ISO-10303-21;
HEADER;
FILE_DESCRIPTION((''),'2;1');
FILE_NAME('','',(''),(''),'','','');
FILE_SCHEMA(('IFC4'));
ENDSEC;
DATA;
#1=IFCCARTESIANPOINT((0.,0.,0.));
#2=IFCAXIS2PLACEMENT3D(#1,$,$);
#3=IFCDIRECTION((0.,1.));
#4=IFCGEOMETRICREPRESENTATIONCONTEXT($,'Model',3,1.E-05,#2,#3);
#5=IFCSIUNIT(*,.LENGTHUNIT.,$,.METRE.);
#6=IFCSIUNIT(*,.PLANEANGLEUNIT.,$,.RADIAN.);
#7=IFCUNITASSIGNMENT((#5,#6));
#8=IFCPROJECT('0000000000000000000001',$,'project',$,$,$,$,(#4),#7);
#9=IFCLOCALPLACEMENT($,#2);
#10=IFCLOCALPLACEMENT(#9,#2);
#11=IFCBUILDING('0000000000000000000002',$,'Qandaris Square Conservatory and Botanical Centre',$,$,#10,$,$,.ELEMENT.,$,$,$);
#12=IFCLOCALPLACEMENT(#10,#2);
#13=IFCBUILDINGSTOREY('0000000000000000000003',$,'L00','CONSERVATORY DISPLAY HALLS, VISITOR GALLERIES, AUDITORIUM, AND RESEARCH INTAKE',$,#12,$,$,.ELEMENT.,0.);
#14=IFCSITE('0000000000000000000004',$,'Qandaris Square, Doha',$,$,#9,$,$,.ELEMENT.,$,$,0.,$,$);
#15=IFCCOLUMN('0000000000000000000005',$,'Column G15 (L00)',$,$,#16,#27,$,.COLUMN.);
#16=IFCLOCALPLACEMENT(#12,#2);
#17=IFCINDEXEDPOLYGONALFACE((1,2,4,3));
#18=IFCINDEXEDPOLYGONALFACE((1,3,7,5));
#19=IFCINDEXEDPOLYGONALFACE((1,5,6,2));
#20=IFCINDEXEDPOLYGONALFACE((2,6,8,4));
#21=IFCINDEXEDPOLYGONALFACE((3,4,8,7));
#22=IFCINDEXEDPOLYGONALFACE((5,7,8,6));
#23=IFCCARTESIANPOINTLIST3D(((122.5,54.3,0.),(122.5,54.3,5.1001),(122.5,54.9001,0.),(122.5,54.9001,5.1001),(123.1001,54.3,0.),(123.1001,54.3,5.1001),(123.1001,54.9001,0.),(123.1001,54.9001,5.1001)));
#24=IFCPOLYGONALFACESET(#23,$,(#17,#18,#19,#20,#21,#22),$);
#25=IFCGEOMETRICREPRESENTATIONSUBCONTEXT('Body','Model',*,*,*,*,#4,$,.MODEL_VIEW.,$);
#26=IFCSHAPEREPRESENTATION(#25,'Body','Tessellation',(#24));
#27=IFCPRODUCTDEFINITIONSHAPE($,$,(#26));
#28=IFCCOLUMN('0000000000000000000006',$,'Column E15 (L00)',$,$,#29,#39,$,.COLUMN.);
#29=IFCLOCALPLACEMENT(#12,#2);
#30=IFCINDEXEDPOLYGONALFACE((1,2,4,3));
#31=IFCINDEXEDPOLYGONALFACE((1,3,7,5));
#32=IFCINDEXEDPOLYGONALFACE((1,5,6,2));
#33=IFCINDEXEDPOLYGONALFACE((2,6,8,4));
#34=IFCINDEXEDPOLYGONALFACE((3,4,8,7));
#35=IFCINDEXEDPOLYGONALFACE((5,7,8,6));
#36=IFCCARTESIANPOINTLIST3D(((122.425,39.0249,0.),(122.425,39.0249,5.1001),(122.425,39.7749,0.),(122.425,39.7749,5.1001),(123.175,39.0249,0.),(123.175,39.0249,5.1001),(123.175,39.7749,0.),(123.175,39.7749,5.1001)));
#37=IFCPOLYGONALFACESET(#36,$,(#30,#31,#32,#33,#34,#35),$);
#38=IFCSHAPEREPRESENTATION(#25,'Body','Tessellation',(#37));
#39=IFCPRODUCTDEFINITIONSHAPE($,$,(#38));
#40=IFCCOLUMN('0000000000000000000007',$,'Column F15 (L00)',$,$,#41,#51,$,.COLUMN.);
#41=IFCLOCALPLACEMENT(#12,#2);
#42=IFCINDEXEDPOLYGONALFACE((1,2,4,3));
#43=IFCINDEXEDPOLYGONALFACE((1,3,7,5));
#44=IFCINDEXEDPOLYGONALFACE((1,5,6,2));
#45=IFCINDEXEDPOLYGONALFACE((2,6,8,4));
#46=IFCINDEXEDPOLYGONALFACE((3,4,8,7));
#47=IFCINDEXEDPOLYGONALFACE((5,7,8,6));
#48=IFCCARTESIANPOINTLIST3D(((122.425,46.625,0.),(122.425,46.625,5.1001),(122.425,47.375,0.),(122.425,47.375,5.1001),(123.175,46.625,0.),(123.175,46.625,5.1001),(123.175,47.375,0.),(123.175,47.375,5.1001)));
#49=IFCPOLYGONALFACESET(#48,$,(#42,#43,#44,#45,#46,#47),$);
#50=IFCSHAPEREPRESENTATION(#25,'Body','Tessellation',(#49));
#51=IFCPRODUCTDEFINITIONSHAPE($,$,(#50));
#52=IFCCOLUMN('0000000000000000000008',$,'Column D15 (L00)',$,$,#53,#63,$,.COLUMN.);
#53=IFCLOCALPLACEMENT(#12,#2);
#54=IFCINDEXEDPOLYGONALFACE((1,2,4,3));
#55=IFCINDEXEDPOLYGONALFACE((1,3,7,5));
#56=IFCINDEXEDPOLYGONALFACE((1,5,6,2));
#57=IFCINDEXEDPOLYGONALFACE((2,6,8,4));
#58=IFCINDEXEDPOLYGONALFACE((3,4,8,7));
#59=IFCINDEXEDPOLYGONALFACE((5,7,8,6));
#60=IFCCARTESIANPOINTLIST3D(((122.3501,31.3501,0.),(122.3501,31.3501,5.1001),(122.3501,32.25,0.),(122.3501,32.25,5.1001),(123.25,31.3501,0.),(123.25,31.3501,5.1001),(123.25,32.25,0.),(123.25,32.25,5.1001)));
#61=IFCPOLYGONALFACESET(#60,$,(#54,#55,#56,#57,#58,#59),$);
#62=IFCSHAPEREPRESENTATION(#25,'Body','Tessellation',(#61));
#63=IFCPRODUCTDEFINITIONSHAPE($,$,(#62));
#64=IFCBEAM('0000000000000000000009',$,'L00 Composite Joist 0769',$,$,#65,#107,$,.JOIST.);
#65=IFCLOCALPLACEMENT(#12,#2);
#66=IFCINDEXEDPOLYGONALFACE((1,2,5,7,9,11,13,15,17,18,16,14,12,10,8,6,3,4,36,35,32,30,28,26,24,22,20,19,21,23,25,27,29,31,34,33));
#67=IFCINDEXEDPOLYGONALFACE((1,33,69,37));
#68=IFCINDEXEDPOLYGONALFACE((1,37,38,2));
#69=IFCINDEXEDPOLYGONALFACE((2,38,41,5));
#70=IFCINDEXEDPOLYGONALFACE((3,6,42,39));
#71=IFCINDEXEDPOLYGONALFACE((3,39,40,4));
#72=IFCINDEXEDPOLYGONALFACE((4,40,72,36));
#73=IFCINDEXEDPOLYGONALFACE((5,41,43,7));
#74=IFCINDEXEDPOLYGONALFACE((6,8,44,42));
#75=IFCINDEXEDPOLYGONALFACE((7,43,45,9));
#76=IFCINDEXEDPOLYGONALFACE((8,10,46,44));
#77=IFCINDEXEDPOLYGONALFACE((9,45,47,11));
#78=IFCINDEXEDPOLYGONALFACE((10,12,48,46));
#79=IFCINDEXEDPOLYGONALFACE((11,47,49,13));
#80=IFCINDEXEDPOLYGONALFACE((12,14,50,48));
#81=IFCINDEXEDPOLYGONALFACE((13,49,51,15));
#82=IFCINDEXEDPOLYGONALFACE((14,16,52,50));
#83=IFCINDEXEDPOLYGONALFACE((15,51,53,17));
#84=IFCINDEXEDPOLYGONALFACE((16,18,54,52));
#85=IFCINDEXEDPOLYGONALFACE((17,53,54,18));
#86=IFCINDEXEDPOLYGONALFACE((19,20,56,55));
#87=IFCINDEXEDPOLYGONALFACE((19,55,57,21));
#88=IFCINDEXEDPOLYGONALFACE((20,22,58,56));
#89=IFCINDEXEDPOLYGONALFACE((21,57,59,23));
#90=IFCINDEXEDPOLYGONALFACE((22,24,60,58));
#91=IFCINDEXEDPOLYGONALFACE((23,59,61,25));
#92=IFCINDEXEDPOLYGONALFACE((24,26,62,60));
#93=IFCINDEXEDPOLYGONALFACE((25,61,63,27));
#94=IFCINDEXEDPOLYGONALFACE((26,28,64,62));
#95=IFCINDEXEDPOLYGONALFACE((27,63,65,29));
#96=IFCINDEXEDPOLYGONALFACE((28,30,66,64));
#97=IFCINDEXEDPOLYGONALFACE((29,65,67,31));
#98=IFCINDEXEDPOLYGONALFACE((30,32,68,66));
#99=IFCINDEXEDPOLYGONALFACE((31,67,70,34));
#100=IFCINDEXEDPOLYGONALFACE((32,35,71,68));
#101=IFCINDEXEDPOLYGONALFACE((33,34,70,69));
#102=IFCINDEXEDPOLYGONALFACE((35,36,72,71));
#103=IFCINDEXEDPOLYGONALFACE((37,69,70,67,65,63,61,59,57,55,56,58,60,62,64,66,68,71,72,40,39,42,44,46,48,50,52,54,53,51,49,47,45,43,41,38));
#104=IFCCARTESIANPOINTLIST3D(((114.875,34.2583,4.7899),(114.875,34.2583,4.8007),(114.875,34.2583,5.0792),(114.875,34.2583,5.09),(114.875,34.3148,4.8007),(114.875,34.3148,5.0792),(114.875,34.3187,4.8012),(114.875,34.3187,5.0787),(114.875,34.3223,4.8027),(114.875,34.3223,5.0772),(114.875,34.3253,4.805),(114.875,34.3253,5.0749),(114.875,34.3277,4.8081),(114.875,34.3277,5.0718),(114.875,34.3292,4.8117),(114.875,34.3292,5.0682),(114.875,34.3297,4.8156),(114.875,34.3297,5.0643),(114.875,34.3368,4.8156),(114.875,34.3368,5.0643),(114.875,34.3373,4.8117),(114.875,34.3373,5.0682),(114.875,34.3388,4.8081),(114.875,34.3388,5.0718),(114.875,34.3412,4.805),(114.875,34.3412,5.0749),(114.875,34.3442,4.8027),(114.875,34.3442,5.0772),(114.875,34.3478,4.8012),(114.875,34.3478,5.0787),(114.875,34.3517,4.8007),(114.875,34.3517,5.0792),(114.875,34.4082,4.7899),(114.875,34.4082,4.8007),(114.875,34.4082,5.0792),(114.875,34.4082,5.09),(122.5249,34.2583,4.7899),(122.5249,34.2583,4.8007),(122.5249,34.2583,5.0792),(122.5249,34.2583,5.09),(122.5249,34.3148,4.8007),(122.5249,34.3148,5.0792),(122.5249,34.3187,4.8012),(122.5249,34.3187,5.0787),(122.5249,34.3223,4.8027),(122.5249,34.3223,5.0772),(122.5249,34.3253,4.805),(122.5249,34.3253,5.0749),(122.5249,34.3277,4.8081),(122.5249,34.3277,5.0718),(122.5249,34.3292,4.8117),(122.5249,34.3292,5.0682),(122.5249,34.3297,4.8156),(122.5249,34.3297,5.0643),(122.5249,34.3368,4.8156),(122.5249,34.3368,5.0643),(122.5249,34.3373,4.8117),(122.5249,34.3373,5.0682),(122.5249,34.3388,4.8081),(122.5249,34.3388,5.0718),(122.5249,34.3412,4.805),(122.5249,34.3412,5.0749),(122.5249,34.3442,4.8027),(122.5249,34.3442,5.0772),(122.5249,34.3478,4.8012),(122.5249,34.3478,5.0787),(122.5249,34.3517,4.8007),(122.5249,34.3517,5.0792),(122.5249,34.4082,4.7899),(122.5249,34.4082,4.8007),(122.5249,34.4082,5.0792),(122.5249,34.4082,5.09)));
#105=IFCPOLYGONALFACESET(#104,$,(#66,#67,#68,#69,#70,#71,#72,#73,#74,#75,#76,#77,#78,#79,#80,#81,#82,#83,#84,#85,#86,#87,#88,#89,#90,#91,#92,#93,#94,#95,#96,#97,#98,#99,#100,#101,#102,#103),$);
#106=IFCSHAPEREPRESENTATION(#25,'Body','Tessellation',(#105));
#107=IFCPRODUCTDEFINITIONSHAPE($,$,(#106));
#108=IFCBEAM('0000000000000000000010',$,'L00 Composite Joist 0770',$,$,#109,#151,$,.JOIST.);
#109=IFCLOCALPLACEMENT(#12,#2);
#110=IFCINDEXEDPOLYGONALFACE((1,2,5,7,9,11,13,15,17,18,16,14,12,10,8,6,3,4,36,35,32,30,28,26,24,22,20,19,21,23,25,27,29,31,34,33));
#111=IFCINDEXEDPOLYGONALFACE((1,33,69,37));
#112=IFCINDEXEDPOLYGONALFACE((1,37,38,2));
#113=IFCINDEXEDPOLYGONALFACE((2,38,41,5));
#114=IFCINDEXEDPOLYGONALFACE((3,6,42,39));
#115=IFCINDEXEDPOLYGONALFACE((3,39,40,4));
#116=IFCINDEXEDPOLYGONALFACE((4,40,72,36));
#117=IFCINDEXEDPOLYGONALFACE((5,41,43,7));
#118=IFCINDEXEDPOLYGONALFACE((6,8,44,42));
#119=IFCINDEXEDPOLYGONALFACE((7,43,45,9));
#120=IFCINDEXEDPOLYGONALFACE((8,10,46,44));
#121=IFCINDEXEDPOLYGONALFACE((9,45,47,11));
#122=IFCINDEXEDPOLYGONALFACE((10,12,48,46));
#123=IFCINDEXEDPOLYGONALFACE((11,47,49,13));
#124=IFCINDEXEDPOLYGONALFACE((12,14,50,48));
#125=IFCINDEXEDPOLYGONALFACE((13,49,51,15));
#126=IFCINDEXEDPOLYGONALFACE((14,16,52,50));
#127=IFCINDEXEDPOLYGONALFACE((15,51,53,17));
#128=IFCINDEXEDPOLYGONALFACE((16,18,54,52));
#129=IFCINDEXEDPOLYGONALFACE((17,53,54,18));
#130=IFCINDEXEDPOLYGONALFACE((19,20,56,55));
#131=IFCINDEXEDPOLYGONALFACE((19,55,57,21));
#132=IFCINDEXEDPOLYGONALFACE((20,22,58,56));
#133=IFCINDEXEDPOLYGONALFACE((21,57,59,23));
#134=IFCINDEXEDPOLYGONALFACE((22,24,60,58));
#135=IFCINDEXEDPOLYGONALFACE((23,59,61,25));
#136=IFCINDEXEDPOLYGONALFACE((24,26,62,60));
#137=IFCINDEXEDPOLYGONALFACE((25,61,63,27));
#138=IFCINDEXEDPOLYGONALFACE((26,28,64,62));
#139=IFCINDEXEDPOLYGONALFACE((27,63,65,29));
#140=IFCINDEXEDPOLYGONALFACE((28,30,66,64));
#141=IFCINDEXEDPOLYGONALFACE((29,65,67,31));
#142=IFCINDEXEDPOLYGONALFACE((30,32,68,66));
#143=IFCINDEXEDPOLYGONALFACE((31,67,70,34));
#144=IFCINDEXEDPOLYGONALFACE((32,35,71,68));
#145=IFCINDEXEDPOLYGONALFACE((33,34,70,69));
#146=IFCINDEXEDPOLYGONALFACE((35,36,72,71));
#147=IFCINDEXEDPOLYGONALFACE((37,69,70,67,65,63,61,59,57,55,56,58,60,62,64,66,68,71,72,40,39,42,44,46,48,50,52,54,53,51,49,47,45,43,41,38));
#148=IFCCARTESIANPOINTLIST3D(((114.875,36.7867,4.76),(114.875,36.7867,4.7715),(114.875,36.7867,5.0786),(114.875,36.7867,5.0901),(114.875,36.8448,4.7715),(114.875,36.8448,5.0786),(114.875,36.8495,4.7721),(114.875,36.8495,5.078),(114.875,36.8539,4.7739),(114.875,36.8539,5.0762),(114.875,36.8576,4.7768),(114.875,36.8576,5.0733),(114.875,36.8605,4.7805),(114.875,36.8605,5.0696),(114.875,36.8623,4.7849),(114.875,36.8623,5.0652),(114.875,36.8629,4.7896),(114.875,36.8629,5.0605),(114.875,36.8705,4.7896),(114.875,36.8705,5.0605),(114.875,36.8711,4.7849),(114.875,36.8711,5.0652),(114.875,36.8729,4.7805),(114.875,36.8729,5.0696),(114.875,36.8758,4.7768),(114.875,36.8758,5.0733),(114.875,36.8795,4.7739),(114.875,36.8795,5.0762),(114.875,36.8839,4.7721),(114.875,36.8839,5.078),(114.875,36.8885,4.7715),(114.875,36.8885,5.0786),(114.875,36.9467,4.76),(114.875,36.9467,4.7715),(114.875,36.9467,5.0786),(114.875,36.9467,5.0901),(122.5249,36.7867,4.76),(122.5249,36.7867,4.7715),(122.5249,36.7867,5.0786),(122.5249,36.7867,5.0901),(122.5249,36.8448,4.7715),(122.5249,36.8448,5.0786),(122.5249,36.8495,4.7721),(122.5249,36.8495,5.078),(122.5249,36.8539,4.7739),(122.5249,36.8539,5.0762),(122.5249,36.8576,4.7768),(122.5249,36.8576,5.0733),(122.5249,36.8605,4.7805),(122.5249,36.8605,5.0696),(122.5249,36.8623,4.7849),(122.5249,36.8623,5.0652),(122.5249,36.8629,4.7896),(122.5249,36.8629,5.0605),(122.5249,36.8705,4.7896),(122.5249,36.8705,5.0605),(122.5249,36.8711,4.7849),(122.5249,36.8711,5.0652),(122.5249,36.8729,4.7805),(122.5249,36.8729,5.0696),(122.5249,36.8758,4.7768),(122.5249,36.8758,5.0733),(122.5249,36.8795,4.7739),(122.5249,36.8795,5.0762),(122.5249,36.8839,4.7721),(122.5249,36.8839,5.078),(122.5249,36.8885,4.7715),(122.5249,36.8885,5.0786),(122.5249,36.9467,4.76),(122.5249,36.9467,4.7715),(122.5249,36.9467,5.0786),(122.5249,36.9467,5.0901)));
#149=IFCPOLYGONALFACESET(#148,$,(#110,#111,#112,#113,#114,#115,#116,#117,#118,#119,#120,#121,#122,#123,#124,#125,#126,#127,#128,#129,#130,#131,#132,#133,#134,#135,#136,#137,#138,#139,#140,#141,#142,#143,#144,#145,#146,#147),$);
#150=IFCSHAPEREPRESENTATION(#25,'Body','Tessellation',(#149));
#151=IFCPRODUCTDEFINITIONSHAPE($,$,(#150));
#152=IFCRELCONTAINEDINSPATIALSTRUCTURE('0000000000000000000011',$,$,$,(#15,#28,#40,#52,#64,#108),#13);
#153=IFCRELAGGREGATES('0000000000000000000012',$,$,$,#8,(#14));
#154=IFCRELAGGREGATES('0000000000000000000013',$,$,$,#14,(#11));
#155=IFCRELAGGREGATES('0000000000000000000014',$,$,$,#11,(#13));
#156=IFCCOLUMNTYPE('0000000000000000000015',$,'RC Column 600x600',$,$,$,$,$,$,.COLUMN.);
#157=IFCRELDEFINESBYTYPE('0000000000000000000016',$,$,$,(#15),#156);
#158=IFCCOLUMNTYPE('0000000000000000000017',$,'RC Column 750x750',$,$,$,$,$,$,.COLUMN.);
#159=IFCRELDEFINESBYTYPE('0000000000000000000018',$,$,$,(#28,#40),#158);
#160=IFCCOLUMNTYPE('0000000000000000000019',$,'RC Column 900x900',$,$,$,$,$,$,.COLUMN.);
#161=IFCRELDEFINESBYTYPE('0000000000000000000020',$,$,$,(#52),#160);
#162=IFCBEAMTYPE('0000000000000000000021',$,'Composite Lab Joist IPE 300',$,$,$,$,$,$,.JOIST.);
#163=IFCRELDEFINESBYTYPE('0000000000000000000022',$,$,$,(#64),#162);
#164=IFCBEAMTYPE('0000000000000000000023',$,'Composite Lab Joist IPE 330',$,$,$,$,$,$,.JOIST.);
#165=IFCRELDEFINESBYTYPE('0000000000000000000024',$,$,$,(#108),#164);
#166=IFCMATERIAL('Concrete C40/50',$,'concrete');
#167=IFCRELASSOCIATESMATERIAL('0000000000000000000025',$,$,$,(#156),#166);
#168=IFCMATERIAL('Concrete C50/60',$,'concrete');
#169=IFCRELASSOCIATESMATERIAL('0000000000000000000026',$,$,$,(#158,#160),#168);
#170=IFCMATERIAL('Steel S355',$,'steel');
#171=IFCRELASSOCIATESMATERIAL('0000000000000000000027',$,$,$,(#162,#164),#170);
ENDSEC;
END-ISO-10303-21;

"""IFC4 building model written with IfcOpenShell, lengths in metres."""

from ifc_helpers import new_model, si_unit, direction, frame, origin, origin_2d, place, context, subcontext, project, spatial, rectangle, i_section, extrude, material, material_profile, profile_set, type_object, element, save


model = new_model("IFC4")

# Units and contexts
model_context = context("Model", 3, precision=1e-05, world=origin(), true_north=direction((0.0, 1.0)))
body_context = subcontext(model_context, "Body", "Model", "MODEL_VIEW")
ifc_project = project(units=[si_unit("LENGTHUNIT", "METRE"), si_unit("PLANEANGLEUNIT", "RADIAN")], contexts=[model_context])

# Site, building, storey
site_placement = place(None, origin())
site = spatial("IfcSite", under=ifc_project, at=site_placement, Name="Qandaris Square, Doha", CompositionType="ELEMENT", RefElevation=0.0)
building_placement = place(site_placement, origin())
building = spatial("IfcBuilding", under=site, at=building_placement, Name="Qandaris Square Conservatory and Botanical Centre", CompositionType="ELEMENT")
storey_placement = place(building_placement, origin())
storey = spatial("IfcBuildingStorey", under=building, at=storey_placement, Name="L00", Description="CONSERVATORY DISPLAY HALLS, VISITOR GALLERIES, AUDITORIUM, AND RESEARCH INTAKE", CompositionType="ELEMENT", Elevation=0.0)

# Columns
ifc_material_1 = material(Name="Concrete C40/50", Category="concrete")
ifc_material_profile_1 = material_profile(ifc_material_1, rectangle(XDim=0.6001, YDim=0.6001, at=origin_2d()), Name="RC-COL 600x600")
ifc_profile_set_1 = profile_set([ifc_material_profile_1], Name="Concrete C40/50")
column_type_1 = type_object("IfcColumnType", Name="RC Column 600x600", PredefinedType="COLUMN", material=ifc_profile_set_1)
column_1_placement = place(storey_placement, frame((122.8, 54.6001, 0.0), z_axis=(0.0, 0.0, 1.0), x_axis=(1.0, 0.0, 0.0)))
element("IfcColumn", 1, at=column_1_placement, inside=storey, type_object=column_type_1, Name="Column G15 (L00)", PredefinedType="COLUMN", context=body_context, shape_type="SweptSolid", body=[
    extrude(rectangle(XDim=0.6001, YDim=0.6001, at=origin_2d()), origin(), (0.0, 0.0, 1.0), 5.1001),
])
ifc_material_2 = material(Name="Concrete C50/60", Category="concrete")
ifc_material_profile_2 = material_profile(ifc_material_2, rectangle(XDim=0.75, YDim=0.75, at=origin_2d()), Name="RC-COL 750x750")
ifc_profile_set_2 = profile_set([ifc_material_profile_2], Name="Concrete C50/60")
column_type_2 = type_object("IfcColumnType", Name="RC Column 750x750", PredefinedType="COLUMN", material=ifc_profile_set_2)
for number, where, z_axis, x_axis, name in (
    (2, (122.8, 39.3999, 0.0), (0.0, 0.0, 1.0), (1.0, 0.0, 0.0), "Column E15 (L00)"),
    (3, (122.8, 47.0, 0.0), (0.0, 0.0, 1.0), (1.0, 0.0, 0.0), "Column F15 (L00)"),
):
    element("IfcColumn", number, at=place(storey_placement, frame(where, z_axis=z_axis, x_axis=x_axis)), inside=storey, type_object=column_type_2, Name=name, PredefinedType="COLUMN", context=body_context, shape_type="SweptSolid", body=[
        extrude(rectangle(XDim=0.75, YDim=0.75, at=origin_2d()), origin(), (0.0, 0.0, 1.0), 5.1001),
    ])
ifc_material_profile_3 = material_profile(ifc_material_2, rectangle(XDim=0.8999, YDim=0.8999, at=origin_2d()), Name="RC-COL 900x900")
ifc_profile_set_3 = profile_set([ifc_material_profile_3], Name="Concrete C50/60")
column_type_3 = type_object("IfcColumnType", Name="RC Column 900x900", PredefinedType="COLUMN", material=ifc_profile_set_3)
column_2_placement = place(storey_placement, frame((122.8, 31.8, 0.0), z_axis=(0.0, 0.0, 1.0), x_axis=(1.0, 0.0, 0.0)))
element("IfcColumn", 4, at=column_2_placement, inside=storey, type_object=column_type_3, Name="Column D15 (L00)", PredefinedType="COLUMN", context=body_context, shape_type="SweptSolid", body=[
    extrude(rectangle(XDim=0.8999, YDim=0.8999, at=origin_2d()), origin(), (0.0, 0.0, 1.0), 5.1001),
])

# Beams
ifc_material_3 = material(Name="Steel S355", Category="steel")
ifc_material_profile_4 = material_profile(ifc_material_3, i_section(OverallWidth=0.1499, OverallDepth=0.3, WebThickness=0.0071, FlangeThickness=0.0107, FilletRadius=0.0149, at=origin_2d()), Name="IPE 300")
ifc_profile_set_4 = profile_set([ifc_material_profile_4], Name="Steel S355")
beam_type_1 = type_object("IfcBeamType", Name="Composite Lab Joist IPE 300", PredefinedType="JOIST", material=ifc_profile_set_4)
beam_1_placement = place(storey_placement, frame((114.875, 34.3333, 4.9399), z_axis=(1.0, 0.0, 0.0), x_axis=(0.0, 1.0, 0.0)))
element("IfcBeam", 5, at=beam_1_placement, inside=storey, type_object=beam_type_1, Name="L00 Composite Joist 0769", PredefinedType="JOIST", context=body_context, shape_type="SweptSolid", body=[
    extrude(i_section(OverallWidth=0.1499, OverallDepth=0.3, WebThickness=0.0071, FlangeThickness=0.0107, FilletRadius=0.0149, at=origin_2d()), origin(), (0.0, 0.0, 1.0), 7.6499),
])
ifc_material_profile_5 = material_profile(ifc_material_3, i_section(OverallWidth=0.1599, OverallDepth=0.3301, WebThickness=0.0076, FlangeThickness=0.0115, FilletRadius=0.0181, at=origin_2d()), Name="IPE 330")
ifc_profile_set_5 = profile_set([ifc_material_profile_5], Name="Steel S355")
beam_type_2 = type_object("IfcBeamType", Name="Composite Lab Joist IPE 330", PredefinedType="JOIST", material=ifc_profile_set_5)
beam_2_placement = place(storey_placement, frame((114.875, 36.8667, 4.925), z_axis=(1.0, 0.0, 0.0), x_axis=(0.0, 1.0, 0.0)))
element("IfcBeam", 6, at=beam_2_placement, inside=storey, type_object=beam_type_2, Name="L00 Composite Joist 0770", PredefinedType="JOIST", context=body_context, shape_type="SweptSolid", body=[
    extrude(i_section(OverallWidth=0.1599, OverallDepth=0.3301, WebThickness=0.0076, FlangeThickness=0.0115, FilletRadius=0.0181, at=origin_2d()), origin(), (0.0, 0.0, 1.0), 7.6499),
])

save(model, "model.ifc")
